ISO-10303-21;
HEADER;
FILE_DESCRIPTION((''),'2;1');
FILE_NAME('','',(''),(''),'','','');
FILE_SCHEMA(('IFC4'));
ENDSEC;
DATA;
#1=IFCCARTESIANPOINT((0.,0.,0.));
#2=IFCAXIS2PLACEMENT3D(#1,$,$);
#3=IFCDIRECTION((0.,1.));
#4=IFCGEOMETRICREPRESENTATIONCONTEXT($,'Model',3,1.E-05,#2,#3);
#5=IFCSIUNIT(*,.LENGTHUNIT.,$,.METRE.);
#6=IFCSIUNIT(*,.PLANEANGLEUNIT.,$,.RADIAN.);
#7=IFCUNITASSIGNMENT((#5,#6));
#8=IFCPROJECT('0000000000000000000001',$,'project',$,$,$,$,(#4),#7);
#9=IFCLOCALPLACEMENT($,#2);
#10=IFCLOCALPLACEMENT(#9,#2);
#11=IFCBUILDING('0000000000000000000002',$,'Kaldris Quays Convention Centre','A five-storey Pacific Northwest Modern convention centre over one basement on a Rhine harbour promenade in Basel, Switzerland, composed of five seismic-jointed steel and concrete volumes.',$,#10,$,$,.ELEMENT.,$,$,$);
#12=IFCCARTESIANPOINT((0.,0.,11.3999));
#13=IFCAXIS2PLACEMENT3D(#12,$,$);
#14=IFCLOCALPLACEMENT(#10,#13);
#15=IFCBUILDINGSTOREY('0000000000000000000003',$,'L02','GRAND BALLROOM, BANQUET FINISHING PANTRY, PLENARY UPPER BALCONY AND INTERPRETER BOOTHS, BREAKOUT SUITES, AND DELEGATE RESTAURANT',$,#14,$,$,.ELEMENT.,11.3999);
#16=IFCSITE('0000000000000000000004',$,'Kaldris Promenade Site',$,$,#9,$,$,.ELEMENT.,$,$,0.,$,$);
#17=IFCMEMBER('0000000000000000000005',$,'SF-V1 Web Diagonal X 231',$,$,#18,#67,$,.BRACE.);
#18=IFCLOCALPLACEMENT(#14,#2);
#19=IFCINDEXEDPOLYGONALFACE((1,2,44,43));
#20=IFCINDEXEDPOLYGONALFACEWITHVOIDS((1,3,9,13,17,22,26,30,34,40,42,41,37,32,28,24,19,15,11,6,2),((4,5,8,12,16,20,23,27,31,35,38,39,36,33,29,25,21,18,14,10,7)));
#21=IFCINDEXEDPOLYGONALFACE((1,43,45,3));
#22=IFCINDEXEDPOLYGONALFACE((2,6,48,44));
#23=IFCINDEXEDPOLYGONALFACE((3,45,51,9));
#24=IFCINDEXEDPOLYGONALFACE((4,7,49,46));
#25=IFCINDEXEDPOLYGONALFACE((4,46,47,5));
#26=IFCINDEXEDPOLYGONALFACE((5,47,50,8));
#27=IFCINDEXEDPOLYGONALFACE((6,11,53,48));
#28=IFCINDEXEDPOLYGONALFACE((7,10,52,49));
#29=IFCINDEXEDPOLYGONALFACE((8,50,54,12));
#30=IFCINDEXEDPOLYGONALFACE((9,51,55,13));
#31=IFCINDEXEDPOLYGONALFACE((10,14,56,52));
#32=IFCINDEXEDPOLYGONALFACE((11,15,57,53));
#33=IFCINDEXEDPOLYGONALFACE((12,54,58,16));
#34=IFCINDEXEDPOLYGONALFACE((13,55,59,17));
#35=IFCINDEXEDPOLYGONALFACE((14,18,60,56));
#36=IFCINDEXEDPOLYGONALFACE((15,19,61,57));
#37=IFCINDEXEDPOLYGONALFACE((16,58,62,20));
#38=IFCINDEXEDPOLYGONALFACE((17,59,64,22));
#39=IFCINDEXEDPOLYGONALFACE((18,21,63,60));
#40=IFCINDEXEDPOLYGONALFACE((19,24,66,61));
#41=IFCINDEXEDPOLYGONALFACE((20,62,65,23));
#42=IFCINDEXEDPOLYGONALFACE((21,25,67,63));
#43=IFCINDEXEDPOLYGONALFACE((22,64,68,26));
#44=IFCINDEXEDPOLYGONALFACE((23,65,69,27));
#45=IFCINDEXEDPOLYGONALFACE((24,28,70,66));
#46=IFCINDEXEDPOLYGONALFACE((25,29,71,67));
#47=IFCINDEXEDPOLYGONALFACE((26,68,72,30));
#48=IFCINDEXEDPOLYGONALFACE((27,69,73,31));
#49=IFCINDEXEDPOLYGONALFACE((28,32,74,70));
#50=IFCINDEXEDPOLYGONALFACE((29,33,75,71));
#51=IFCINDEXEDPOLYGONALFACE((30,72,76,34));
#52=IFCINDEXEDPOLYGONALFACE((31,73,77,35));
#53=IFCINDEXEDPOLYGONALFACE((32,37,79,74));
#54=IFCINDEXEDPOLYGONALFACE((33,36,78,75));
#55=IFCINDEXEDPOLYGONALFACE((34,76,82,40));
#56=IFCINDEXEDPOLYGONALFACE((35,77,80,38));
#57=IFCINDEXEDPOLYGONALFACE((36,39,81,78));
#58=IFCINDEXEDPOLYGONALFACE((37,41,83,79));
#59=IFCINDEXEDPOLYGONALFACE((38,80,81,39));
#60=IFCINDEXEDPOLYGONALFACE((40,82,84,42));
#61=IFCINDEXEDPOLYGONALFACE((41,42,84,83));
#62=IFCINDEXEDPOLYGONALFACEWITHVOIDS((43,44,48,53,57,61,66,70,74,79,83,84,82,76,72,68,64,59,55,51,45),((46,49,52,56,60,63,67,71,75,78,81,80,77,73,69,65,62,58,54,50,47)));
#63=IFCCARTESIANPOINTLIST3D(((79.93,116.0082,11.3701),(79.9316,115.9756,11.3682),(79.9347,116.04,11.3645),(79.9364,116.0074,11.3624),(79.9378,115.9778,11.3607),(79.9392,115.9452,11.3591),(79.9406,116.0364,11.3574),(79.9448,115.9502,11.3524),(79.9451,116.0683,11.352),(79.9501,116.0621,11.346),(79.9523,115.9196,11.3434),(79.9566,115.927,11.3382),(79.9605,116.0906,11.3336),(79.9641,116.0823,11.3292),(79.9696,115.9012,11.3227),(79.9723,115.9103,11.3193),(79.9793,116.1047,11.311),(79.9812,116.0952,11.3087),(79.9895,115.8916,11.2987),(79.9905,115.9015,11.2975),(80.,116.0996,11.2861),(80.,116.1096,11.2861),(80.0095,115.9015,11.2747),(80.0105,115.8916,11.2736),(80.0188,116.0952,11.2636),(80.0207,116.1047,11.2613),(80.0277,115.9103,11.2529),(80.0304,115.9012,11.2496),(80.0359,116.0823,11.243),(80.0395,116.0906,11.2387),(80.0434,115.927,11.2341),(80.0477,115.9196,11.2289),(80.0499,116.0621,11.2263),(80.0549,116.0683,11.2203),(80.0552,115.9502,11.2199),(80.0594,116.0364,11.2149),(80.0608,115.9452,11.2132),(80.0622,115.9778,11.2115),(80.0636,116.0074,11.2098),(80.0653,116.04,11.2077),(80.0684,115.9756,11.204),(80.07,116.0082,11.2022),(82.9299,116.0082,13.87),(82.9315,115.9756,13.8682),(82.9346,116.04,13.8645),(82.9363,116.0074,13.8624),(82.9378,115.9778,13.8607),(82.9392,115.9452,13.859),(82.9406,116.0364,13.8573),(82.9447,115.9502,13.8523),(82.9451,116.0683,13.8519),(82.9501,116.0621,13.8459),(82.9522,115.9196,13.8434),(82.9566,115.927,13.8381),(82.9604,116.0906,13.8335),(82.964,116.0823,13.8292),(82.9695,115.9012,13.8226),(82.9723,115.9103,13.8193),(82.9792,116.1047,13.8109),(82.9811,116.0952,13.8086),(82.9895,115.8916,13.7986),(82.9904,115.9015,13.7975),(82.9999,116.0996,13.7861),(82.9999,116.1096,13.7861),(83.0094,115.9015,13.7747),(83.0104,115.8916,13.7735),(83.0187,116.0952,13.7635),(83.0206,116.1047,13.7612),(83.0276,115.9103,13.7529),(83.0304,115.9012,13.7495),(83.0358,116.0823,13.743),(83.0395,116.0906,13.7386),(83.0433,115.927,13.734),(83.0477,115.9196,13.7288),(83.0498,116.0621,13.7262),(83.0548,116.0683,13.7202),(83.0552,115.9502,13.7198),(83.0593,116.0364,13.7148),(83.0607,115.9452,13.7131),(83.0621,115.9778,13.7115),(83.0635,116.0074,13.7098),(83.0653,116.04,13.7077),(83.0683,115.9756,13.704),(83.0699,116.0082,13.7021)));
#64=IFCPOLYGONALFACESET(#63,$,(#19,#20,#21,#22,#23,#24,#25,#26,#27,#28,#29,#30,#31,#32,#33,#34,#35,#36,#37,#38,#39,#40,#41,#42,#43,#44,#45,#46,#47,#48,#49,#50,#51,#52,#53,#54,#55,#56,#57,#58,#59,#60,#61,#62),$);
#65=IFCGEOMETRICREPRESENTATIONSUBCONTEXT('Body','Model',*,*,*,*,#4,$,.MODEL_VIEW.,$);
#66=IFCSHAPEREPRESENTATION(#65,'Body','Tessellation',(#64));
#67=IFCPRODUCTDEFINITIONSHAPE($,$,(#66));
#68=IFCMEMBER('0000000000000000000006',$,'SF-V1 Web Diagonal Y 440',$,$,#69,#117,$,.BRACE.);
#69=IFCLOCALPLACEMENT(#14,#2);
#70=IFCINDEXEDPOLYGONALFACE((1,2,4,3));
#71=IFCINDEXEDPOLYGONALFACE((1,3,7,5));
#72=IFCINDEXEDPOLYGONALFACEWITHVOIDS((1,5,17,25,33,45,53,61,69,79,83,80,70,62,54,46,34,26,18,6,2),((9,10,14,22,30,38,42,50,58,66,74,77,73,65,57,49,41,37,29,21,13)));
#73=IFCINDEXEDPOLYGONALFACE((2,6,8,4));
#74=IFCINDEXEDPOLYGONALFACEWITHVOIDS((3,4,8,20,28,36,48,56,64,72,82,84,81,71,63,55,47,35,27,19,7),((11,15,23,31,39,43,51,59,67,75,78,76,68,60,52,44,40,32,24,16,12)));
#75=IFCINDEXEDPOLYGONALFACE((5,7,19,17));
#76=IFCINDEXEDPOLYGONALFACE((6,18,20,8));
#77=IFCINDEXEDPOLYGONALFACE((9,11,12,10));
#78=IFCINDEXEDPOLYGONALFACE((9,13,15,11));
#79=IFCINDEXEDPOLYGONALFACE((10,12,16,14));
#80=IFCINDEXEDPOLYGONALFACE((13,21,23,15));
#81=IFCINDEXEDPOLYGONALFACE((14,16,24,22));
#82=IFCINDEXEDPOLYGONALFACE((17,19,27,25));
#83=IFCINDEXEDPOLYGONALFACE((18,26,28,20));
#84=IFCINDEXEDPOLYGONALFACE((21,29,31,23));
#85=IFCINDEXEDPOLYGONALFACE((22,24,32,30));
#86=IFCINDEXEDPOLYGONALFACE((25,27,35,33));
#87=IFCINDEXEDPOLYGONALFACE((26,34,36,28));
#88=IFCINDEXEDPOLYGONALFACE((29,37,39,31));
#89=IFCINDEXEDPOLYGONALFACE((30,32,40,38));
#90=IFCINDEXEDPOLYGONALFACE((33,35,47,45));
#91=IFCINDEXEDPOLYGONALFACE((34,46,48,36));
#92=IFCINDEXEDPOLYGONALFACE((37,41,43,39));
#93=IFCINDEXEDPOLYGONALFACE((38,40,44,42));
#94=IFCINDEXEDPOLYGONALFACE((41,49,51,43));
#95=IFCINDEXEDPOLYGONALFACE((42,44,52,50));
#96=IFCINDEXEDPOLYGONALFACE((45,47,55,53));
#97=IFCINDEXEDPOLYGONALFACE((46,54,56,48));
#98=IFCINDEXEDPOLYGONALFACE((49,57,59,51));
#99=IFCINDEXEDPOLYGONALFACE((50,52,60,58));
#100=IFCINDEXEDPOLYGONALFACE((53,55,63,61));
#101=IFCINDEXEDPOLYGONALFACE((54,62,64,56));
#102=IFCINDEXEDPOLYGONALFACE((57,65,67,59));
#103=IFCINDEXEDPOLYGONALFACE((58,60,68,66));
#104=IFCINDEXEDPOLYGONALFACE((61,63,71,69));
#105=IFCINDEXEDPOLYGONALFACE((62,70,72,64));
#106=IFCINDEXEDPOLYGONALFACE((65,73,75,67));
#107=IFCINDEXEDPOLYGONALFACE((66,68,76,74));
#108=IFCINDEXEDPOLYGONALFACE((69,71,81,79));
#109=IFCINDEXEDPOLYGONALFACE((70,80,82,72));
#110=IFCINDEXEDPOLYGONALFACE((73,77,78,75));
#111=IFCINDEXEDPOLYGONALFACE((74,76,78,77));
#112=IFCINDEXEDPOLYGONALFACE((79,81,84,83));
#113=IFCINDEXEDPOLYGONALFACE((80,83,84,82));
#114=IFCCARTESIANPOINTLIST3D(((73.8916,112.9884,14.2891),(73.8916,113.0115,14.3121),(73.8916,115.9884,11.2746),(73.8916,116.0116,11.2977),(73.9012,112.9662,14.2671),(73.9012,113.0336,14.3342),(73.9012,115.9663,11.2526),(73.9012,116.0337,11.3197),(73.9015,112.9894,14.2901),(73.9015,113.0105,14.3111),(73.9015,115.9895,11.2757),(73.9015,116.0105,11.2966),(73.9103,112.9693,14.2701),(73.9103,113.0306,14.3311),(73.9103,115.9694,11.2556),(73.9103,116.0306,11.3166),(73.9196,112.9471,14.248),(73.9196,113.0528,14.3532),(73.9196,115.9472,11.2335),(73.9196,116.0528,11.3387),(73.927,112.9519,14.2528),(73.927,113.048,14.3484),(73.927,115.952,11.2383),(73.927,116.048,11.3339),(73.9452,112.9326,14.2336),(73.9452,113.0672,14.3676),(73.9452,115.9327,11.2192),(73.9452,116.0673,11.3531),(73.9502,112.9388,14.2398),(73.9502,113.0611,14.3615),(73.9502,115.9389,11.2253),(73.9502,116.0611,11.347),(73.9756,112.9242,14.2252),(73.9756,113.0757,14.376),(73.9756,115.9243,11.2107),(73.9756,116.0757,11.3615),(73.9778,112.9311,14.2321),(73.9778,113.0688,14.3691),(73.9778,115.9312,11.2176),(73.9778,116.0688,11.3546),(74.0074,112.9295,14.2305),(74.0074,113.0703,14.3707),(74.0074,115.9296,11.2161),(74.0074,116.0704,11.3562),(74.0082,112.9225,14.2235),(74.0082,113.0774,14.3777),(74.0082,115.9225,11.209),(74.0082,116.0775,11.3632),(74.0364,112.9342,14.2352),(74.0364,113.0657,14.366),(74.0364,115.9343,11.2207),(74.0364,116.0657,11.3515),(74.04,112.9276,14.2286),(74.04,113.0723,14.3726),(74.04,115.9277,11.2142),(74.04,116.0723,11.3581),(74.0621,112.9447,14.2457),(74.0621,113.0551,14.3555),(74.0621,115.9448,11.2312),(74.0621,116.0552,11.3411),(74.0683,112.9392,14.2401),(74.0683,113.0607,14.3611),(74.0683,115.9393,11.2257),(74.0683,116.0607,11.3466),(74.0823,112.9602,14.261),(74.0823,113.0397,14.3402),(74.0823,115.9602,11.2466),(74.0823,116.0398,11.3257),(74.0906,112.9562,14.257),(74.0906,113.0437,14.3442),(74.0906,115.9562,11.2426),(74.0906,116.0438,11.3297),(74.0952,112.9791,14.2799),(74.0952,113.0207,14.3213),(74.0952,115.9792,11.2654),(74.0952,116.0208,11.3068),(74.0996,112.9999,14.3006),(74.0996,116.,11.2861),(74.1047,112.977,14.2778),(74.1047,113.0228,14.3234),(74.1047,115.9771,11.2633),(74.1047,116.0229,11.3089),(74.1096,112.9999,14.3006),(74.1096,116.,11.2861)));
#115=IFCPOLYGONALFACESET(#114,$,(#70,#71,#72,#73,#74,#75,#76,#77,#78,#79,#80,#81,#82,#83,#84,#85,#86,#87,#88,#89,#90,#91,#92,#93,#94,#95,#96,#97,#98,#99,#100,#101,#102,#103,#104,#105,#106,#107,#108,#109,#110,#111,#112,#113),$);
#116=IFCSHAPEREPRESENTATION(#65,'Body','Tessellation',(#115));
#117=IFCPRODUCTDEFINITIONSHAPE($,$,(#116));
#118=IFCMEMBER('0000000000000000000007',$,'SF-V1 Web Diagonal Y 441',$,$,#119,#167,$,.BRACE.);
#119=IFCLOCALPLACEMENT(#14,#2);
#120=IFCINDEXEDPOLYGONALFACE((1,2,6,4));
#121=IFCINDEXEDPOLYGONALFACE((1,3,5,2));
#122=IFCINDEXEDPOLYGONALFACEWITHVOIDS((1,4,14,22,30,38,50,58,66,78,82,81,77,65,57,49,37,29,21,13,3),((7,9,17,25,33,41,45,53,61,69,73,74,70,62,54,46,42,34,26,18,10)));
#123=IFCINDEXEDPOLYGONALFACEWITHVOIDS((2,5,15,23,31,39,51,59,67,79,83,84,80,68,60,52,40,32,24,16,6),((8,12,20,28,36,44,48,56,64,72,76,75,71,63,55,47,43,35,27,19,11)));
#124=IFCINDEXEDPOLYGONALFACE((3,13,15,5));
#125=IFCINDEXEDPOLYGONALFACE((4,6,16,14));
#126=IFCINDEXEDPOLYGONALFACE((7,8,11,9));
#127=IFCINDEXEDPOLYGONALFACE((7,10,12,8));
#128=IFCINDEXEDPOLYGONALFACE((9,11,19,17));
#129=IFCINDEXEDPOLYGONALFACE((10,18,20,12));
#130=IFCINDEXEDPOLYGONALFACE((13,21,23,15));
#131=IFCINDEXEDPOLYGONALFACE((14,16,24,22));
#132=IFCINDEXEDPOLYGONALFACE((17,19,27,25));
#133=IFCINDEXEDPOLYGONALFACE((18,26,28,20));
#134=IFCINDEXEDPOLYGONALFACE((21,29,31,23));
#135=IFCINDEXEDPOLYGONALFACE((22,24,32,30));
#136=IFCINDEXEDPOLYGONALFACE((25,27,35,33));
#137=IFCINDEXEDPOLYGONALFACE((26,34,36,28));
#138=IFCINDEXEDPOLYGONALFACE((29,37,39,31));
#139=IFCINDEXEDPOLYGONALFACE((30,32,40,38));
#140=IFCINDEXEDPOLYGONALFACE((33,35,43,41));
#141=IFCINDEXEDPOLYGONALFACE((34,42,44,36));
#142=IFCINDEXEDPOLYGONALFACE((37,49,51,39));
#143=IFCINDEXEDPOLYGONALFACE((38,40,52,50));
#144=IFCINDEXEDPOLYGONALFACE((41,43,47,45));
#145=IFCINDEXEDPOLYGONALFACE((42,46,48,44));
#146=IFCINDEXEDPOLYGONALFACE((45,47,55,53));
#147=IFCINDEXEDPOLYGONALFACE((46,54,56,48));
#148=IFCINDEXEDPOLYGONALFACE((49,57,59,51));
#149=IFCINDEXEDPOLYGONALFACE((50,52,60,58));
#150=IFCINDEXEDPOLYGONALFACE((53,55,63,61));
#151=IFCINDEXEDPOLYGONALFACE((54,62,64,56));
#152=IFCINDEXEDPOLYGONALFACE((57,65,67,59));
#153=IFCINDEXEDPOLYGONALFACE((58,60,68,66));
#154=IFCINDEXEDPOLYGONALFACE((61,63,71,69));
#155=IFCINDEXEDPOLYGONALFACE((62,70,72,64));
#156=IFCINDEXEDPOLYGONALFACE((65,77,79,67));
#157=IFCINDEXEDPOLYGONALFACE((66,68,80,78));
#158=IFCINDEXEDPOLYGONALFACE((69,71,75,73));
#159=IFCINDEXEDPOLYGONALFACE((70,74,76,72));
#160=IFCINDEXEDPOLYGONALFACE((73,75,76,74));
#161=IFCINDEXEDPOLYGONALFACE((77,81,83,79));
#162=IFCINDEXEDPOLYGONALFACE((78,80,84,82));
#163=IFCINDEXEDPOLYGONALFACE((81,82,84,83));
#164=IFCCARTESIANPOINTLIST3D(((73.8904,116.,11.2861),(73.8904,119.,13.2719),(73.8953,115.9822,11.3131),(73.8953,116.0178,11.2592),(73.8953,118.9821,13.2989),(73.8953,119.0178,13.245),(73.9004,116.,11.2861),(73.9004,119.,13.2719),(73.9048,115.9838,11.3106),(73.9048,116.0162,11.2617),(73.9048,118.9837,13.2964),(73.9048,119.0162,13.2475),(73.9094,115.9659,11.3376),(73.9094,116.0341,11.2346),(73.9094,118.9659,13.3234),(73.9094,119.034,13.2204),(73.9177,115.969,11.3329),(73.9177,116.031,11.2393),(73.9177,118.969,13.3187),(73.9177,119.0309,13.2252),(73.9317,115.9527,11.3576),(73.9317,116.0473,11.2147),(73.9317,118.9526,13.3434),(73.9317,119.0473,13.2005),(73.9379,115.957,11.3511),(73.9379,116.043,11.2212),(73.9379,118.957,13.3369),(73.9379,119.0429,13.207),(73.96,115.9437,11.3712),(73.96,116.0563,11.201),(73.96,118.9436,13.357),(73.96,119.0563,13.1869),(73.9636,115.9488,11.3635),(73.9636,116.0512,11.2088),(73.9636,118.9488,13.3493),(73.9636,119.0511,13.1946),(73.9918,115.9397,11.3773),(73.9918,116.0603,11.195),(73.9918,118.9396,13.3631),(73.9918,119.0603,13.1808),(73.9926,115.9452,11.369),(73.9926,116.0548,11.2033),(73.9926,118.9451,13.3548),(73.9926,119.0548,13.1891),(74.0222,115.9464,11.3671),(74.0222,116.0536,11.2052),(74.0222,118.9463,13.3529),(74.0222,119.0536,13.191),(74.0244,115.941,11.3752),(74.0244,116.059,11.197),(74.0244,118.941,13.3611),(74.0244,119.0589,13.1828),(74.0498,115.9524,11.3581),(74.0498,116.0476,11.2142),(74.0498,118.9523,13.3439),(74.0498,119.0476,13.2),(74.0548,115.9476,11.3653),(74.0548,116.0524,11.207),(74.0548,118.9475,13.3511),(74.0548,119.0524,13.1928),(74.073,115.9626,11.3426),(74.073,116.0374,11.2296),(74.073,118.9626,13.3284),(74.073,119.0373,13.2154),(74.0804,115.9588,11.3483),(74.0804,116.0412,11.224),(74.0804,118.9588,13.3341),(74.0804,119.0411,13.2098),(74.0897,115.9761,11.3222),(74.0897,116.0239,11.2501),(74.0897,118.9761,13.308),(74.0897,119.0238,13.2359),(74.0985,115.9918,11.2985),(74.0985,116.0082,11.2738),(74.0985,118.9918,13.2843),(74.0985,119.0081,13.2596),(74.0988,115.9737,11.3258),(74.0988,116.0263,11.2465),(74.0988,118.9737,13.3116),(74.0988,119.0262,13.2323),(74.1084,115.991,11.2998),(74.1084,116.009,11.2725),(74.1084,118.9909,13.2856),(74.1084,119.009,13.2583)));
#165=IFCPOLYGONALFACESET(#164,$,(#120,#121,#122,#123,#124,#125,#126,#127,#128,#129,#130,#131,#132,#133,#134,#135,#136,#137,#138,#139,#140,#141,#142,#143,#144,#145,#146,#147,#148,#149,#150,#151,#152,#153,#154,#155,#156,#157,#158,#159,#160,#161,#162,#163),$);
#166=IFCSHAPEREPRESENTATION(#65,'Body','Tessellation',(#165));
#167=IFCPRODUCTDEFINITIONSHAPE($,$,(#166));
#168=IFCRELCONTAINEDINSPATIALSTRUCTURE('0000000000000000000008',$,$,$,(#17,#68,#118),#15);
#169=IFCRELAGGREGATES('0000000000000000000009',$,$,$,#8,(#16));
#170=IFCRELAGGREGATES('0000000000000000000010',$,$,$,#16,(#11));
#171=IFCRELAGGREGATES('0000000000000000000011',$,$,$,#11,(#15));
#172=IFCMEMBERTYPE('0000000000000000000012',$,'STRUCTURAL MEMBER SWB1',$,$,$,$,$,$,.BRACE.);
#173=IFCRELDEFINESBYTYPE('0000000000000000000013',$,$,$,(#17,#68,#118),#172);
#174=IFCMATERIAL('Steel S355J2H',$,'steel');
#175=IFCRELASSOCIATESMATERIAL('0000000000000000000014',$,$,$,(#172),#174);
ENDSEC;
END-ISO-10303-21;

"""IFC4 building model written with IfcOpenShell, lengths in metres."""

from ifc_helpers import new_model, si_unit, direction, frame, origin, origin_2d, place, context, subcontext, project, spatial, hollow_circle, extrude, material, material_profile, profile_set, type_object, element, save


model = new_model("IFC4")

# Units and contexts
model_context = context("Model", 3, precision=1e-05, world=origin(), true_north=direction((0.0, 1.0)))
body_context = subcontext(model_context, "Body", "Model", "MODEL_VIEW")
ifc_project = project(units=[si_unit("LENGTHUNIT", "METRE"), si_unit("PLANEANGLEUNIT", "RADIAN")], contexts=[model_context])

# Site, building, storey
site_placement = place(None, origin())
site = spatial("IfcSite", under=ifc_project, at=site_placement, Name="Kaldris Promenade Site", CompositionType="ELEMENT", RefElevation=0.0)
building_placement = place(site_placement, origin())
building = spatial("IfcBuilding", under=site, at=building_placement, Name="Kaldris Quays Convention Centre", Description="A five-storey Pacific Northwest Modern convention centre over one basement on a Rhine harbour promenade in Basel, Switzerland, composed of five seismic-jointed steel and concrete volumes.", CompositionType="ELEMENT")
storey_placement = place(building_placement, frame((0.0, 0.0, 11.3999)))
storey = spatial("IfcBuildingStorey", under=building, at=storey_placement, Name="L02", Description="GRAND BALLROOM, BANQUET FINISHING PANTRY, PLENARY UPPER BALCONY AND INTERPRETER BOOTHS, BREAKOUT SUITES, AND DELEGATE RESTAURANT", CompositionType="ELEMENT", Elevation=11.3999)

# Members
ifc_material_1 = material(Name="Steel S355J2H", Category="steel")
ifc_material_profile_1 = material_profile(ifc_material_1, hollow_circle(Radius=0.1096, WallThickness=0.01, at=origin_2d()), Name="CHS 219.1x10")
ifc_profile_set_1 = profile_set([ifc_material_profile_1], Name="Steel S355J2H")
member_type_1 = type_object("IfcMemberType", Name="STRUCTURAL MEMBER SWB1", PredefinedType="BRACE", material=ifc_profile_set_1)
for number, where, z_axis, x_axis, name in (
    (1, (80.0, 116.0, 11.2861), (0.768221, 0.0, 0.640184), (0.0, 1.0, 0.0), "SF-V1 Web Diagonal X 231"),
):
    element("IfcMember", number, at=place(storey_placement, frame(where, z_axis=z_axis, x_axis=x_axis)), inside=storey, type_object=member_type_1, Name=name, PredefinedType="BRACE", context=body_context, shape_type="SweptSolid", body=[
        extrude(hollow_circle(Radius=0.1096, WallThickness=0.01, at=origin_2d()), origin(), (0.0, 0.0, 1.0), 3.905),
    ])
member_1_placement = place(storey_placement, frame((74.0, 116.0, 11.2861), z_axis=(0.0, -0.705411, 0.708798), x_axis=(1.0, 0.0, 0.0)))
element("IfcMember", 2, at=member_1_placement, inside=storey, type_object=member_type_1, Name="SF-V1 Web Diagonal Y 440", PredefinedType="BRACE", context=body_context, shape_type="SweptSolid", body=[
    extrude(hollow_circle(Radius=0.1096, WallThickness=0.01, at=origin_2d()), origin(), (0.0, 0.0, 1.0), 4.2529),
])
member_2_placement = place(storey_placement, frame((74.0, 116.0, 11.2861), z_axis=(0.0, 0.833862, 0.551972), x_axis=(-1.0, 0.0, 0.0)))
element("IfcMember", 3, at=member_2_placement, inside=storey, type_object=member_type_1, Name="SF-V1 Web Diagonal Y 441", PredefinedType="BRACE", context=body_context, shape_type="SweptSolid", body=[
    extrude(hollow_circle(Radius=0.1096, WallThickness=0.01, at=origin_2d()), origin(), (0.0, 0.0, 1.0), 3.5977),
])

save(model, "model.ifc")
